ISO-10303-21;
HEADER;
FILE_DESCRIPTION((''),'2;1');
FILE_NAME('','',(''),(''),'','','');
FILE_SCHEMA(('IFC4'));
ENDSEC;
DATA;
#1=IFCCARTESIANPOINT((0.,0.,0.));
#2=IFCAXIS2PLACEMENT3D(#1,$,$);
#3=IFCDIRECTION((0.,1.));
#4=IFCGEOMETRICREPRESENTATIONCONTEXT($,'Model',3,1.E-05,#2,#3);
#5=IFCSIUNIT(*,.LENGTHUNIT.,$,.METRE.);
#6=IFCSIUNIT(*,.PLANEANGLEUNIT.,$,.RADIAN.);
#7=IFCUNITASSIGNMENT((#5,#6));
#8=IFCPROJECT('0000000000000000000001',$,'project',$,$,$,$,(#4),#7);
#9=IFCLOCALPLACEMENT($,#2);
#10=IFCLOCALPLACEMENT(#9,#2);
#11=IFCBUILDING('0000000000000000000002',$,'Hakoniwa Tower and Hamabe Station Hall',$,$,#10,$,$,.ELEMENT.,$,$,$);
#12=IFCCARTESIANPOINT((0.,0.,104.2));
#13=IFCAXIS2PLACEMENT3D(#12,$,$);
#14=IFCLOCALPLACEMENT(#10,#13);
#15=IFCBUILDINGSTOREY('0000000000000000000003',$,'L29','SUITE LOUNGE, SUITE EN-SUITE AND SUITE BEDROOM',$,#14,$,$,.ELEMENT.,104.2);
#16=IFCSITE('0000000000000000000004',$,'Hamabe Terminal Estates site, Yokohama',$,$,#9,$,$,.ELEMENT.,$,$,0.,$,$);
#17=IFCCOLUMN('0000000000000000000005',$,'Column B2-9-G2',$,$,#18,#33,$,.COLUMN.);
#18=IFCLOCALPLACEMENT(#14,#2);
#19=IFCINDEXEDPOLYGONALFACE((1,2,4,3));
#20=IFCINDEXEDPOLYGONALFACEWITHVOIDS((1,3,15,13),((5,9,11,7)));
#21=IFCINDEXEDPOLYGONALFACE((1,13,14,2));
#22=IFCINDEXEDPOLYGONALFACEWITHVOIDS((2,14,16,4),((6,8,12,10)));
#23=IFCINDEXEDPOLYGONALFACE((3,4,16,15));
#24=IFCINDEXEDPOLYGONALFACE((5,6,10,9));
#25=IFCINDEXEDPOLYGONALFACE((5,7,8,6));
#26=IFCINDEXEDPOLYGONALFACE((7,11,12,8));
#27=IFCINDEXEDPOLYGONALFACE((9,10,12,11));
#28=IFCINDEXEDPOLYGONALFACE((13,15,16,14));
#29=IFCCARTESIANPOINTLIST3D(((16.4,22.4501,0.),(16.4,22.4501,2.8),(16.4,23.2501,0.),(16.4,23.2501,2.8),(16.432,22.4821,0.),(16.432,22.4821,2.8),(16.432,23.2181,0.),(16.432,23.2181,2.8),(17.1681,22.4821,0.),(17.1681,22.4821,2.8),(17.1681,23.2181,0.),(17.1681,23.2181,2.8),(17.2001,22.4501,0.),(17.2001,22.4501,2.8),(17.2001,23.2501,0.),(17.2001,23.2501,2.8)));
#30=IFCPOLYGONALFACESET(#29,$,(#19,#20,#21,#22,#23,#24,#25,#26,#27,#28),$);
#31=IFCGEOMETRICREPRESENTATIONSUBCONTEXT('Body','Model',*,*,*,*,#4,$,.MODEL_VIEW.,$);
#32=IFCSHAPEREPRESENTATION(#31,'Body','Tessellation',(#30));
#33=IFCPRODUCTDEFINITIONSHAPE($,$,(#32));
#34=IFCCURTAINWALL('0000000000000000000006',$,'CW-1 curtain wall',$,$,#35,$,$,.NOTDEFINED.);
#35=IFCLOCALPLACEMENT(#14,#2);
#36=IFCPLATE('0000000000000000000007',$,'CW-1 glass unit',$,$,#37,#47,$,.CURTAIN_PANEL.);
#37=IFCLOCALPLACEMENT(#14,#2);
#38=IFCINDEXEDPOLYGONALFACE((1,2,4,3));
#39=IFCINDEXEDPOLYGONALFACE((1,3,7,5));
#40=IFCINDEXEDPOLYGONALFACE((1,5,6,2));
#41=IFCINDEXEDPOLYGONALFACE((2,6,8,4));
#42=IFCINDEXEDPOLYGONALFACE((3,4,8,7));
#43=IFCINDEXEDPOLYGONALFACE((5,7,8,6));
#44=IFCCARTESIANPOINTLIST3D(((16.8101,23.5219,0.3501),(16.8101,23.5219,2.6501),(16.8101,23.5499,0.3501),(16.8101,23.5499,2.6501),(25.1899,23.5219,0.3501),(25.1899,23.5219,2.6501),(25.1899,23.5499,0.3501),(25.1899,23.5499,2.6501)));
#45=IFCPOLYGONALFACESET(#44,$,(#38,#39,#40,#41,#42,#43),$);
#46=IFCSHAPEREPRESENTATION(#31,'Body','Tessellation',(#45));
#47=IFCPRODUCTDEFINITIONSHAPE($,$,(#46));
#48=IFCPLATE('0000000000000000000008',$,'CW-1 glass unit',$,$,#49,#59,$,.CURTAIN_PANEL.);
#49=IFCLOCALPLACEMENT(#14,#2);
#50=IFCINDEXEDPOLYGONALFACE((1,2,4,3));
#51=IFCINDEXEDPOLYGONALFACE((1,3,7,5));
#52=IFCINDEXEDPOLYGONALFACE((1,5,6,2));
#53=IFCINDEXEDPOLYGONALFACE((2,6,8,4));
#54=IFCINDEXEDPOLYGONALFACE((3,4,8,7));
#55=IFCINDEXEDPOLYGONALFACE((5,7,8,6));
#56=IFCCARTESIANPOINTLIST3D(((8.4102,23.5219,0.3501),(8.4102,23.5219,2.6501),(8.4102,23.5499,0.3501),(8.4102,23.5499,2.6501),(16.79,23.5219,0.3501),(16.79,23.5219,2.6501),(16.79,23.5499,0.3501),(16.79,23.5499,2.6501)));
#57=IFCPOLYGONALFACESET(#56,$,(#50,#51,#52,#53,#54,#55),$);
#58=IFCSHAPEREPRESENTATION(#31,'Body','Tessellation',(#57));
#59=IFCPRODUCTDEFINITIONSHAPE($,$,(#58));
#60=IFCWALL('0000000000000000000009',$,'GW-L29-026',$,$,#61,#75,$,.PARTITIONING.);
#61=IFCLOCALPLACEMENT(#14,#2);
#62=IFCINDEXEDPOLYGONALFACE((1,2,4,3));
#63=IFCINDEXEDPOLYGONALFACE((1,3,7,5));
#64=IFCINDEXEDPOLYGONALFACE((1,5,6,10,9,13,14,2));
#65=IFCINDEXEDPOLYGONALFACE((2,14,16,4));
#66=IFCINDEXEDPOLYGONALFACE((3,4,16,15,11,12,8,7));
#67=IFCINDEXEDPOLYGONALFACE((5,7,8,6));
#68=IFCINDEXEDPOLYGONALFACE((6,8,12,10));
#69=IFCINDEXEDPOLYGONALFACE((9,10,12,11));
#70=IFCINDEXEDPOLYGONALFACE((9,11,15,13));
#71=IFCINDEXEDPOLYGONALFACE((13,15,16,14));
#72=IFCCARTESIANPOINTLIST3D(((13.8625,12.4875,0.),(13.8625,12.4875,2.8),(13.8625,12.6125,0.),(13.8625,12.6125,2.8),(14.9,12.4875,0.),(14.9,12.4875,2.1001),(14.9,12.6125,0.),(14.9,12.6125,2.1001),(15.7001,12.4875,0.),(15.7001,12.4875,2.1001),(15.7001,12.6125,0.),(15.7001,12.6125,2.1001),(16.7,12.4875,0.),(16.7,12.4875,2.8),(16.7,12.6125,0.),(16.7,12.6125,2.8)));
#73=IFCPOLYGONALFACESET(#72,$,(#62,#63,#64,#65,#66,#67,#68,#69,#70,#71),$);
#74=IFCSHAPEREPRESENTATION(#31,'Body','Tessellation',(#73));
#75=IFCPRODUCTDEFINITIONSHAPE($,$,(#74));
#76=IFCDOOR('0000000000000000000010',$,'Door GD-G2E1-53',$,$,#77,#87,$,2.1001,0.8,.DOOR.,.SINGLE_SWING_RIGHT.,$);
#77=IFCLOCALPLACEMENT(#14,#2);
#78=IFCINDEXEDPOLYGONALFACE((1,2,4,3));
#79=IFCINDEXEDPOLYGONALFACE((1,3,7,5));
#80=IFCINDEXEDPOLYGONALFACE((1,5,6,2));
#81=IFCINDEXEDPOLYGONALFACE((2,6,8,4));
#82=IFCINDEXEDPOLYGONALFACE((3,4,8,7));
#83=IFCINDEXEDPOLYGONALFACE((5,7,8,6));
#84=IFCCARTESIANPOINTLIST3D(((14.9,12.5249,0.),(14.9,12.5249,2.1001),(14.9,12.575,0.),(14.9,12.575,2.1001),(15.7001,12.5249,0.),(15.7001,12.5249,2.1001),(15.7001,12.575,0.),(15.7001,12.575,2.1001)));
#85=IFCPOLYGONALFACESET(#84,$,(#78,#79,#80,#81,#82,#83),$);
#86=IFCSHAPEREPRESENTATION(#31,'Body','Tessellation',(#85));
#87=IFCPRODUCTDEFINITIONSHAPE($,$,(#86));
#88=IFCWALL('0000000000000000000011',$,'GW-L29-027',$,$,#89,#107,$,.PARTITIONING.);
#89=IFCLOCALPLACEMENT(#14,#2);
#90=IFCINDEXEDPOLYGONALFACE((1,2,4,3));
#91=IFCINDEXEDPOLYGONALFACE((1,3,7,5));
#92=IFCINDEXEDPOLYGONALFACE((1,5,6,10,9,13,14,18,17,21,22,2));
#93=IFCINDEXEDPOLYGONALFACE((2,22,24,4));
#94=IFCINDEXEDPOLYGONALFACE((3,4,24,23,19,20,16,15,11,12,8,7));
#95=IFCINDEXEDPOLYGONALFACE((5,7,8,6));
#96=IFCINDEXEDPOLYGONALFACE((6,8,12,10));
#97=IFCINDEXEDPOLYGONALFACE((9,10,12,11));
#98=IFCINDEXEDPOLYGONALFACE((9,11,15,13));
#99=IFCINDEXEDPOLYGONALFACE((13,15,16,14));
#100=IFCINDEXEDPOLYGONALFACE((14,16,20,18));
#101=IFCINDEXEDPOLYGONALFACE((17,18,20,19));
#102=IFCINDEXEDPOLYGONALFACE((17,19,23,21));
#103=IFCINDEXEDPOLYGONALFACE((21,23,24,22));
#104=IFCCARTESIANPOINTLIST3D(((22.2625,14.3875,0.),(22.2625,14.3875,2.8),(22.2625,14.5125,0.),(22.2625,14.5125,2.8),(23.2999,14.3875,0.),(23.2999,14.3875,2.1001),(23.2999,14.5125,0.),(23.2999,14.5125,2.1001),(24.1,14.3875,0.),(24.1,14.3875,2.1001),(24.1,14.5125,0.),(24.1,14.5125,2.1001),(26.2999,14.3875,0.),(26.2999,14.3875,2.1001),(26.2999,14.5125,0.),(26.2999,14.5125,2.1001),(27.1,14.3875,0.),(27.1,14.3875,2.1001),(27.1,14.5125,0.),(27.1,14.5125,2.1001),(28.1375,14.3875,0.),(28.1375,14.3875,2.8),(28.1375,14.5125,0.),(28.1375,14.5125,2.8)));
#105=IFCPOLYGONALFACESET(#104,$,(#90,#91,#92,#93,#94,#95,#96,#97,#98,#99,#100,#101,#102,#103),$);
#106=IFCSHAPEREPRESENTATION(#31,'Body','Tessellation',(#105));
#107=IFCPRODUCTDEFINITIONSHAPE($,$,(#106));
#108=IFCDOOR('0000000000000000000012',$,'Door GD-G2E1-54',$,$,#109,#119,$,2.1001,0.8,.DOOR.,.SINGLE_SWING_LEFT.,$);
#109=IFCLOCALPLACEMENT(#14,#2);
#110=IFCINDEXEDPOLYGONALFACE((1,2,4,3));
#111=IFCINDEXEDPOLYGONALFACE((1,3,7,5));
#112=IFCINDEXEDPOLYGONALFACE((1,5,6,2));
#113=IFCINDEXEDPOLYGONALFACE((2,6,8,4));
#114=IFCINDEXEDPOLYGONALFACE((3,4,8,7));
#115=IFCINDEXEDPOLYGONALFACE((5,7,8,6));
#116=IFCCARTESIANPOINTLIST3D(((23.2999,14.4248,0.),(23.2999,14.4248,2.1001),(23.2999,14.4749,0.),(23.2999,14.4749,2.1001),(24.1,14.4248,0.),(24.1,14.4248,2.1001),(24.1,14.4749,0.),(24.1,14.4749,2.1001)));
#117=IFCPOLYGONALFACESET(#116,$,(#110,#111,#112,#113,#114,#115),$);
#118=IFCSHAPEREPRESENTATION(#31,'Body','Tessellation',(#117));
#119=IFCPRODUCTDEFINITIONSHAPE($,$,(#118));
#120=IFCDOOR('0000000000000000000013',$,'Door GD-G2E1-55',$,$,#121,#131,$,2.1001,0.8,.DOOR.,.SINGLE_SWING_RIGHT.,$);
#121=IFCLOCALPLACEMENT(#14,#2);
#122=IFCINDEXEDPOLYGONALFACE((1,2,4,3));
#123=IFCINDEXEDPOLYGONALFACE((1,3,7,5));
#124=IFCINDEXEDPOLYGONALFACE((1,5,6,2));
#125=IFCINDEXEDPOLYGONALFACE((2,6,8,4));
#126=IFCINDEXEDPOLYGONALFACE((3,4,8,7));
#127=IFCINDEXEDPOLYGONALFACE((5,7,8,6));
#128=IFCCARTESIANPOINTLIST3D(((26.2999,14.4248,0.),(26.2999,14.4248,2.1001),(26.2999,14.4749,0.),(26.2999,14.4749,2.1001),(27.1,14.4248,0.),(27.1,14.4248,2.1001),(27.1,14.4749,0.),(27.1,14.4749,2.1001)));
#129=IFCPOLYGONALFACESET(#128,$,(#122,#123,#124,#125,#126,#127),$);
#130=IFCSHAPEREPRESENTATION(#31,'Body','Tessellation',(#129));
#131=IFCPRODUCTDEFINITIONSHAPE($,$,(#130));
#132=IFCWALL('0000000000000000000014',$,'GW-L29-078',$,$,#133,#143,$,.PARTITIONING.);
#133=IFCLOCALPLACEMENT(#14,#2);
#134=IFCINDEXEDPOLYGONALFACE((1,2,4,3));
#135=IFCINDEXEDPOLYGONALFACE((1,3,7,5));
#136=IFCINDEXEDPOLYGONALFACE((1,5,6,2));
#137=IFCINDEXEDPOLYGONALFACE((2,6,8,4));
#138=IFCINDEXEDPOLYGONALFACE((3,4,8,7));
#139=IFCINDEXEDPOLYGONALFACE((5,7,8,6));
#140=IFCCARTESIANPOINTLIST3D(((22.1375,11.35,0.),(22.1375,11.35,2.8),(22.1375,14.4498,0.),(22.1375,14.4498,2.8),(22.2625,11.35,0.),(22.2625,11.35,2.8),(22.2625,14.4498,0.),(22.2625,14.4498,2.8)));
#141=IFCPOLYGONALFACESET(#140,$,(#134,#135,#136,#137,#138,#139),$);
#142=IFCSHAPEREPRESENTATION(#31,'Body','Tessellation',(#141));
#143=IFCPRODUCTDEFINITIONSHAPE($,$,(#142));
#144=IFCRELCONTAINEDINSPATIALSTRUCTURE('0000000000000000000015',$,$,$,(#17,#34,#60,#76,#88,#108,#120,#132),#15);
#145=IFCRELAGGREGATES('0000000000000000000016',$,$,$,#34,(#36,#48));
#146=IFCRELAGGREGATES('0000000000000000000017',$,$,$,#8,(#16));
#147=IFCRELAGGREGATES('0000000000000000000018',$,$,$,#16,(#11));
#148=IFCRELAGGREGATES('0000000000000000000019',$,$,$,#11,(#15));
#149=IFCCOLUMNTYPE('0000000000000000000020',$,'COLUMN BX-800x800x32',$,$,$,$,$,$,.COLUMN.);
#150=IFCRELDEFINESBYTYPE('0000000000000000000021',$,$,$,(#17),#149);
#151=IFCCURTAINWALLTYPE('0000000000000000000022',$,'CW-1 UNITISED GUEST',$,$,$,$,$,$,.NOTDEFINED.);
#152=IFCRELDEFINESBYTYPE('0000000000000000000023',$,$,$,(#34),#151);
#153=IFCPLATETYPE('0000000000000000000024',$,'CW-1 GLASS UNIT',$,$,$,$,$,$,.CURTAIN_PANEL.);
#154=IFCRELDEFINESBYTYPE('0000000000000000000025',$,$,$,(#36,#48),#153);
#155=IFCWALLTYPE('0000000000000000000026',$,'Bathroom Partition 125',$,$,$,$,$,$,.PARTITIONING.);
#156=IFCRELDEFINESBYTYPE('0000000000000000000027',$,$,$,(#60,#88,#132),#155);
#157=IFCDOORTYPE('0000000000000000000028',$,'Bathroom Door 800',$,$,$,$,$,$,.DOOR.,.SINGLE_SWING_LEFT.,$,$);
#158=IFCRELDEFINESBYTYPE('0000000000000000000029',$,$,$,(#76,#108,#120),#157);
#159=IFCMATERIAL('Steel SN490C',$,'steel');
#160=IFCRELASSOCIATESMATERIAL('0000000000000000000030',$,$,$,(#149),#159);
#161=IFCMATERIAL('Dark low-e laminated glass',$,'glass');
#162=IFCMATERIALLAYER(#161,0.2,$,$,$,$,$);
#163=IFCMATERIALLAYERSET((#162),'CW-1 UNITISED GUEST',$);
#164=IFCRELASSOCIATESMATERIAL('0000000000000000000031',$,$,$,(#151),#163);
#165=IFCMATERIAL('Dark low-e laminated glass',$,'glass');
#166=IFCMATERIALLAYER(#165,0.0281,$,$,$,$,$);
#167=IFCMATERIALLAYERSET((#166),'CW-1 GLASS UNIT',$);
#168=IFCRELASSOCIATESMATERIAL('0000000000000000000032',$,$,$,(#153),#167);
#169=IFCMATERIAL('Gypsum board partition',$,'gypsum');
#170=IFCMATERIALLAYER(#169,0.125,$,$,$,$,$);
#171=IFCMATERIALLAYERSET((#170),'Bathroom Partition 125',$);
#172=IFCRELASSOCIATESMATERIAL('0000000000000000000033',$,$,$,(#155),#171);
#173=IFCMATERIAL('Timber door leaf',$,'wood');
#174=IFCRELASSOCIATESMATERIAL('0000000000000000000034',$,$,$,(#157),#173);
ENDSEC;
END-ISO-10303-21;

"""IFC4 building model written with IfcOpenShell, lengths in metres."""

from ifc_helpers import new_model, si_unit, direction, frame, frame_2d, origin, origin_2d, place, context, subcontext, project, spatial, rectangle, hollow_rectangle, extrude, material, layer, layer_set, material_profile, profile_set, type_object, element, fill, aggregate, save


model = new_model("IFC4")

# Units and contexts
model_context = context("Model", 3, precision=1e-05, world=origin(), true_north=direction((0.0, 1.0)))
body_context = subcontext(model_context, "Body", "Model", "MODEL_VIEW")
ifc_project = project(units=[si_unit("LENGTHUNIT", "METRE"), si_unit("PLANEANGLEUNIT", "RADIAN")], contexts=[model_context])

# Site, building, storey
site_placement = place(None, origin())
site = spatial("IfcSite", under=ifc_project, at=site_placement, Name="Hamabe Terminal Estates site, Yokohama", CompositionType="ELEMENT", RefElevation=0.0)
building_placement = place(site_placement, origin())
building = spatial("IfcBuilding", under=site, at=building_placement, Name="Hakoniwa Tower and Hamabe Station Hall", CompositionType="ELEMENT")
storey_placement = place(building_placement, frame((0.0, 0.0, 104.2)))
storey = spatial("IfcBuildingStorey", under=building, at=storey_placement, Name="L29", Description="SUITE LOUNGE, SUITE EN-SUITE AND SUITE BEDROOM", CompositionType="ELEMENT", Elevation=104.2)

# Column
ifc_material_1 = material(Name="Steel SN490C", Category="steel")
ifc_material_profile = material_profile(ifc_material_1, hollow_rectangle(XDim=0.8, YDim=0.8, WallThickness=0.032, at=origin_2d()), Name="BX-800x800x32")
ifc_profile_set = profile_set([ifc_material_profile], Name="Steel SN490C")
column_type = type_object("IfcColumnType", Name="COLUMN BX-800x800x32", PredefinedType="COLUMN", material=ifc_profile_set)
column_placement = place(storey_placement, frame((16.8, 22.8501, 0.0), z_axis=(0.0, 0.0, 1.0), x_axis=(1.0, 0.0, 0.0)))
element("IfcColumn", 1, at=column_placement, inside=storey, type_object=column_type, Name="Column B2-9-G2", PredefinedType="COLUMN", context=body_context, shape_type="SweptSolid", body=[
    extrude(hollow_rectangle(XDim=0.8, YDim=0.8, WallThickness=0.032, at=origin_2d()), origin(), (0.0, 0.0, 1.0), 2.8),
])

# Curtain wall, plates
ifc_material_2 = material(Name="Dark low-e laminated glass", Category="glass")
ifc_layer_1 = layer(ifc_material_2, 0.2)
ifc_layer_set_1 = layer_set([ifc_layer_1], Name="CW-1 UNITISED GUEST")
curtain_wall_type = type_object("IfcCurtainWallType", Name="CW-1 UNITISED GUEST", PredefinedType="NOTDEFINED", material=ifc_layer_set_1)
curtain_wall_placement = place(storey_placement, origin())
curtain_wall = element("IfcCurtainWall", 2, at=curtain_wall_placement, inside=storey, type_object=curtain_wall_type, Name="CW-1 curtain wall", PredefinedType="NOTDEFINED")
ifc_material_3 = material(Name="Dark low-e laminated glass", Category="glass")
ifc_layer_2 = layer(ifc_material_3, 0.0281)
ifc_layer_set_2 = layer_set([ifc_layer_2], Name="CW-1 GLASS UNIT")
plate_type = type_object("IfcPlateType", Name="CW-1 GLASS UNIT", PredefinedType="CURTAIN_PANEL", material=ifc_layer_set_2)
plate_1_placement = place(storey_placement, frame((21.0, 23.5359, 0.3501), z_axis=(0.0, 0.0, 1.0), x_axis=(-1.0, 0.0, 0.0)))
plate_1 = element("IfcPlate", 3, at=plate_1_placement, type_object=plate_type, Name="CW-1 glass unit", PredefinedType="CURTAIN_PANEL", context=body_context, shape_type="SweptSolid", body=[
    extrude(rectangle(XDim=8.3799, YDim=0.0281, at=origin_2d()), origin(), (0.0, 0.0, 1.0), 2.3),
])
plate_2_placement = place(storey_placement, frame((12.6001, 23.5359, 0.3501), z_axis=(0.0, 0.0, 1.0), x_axis=(-1.0, 0.0, 0.0)))
plate_2 = element("IfcPlate", 4, at=plate_2_placement, type_object=plate_type, Name="CW-1 glass unit", PredefinedType="CURTAIN_PANEL", context=body_context, shape_type="SweptSolid", body=[
    extrude(rectangle(XDim=8.3799, YDim=0.0281, at=origin_2d()), origin(), (0.0, 0.0, 1.0), 2.3),
])
aggregate(curtain_wall, [plate_1, plate_2])

# Wall, opening, door
ifc_material_4 = material(Name="Gypsum board partition", Category="gypsum")
ifc_layer_3 = layer(ifc_material_4, 0.125)
ifc_layer_set_3 = layer_set([ifc_layer_3], Name="Bathroom Partition 125")
wall_type_1 = type_object("IfcWallType", Name="Bathroom Partition 125", PredefinedType="PARTITIONING", material=ifc_layer_set_3)
wall_1_placement = place(storey_placement, frame((13.8625, 12.55, 0.0), z_axis=(0.0, 0.0, 1.0), x_axis=(1.0, 0.0, 0.0)))
wall_1 = element("IfcWall", 5, at=wall_1_placement, inside=storey, type_object=wall_type_1, Name="GW-L29-026", PredefinedType="PARTITIONING", context=body_context, shape_type="SweptSolid", body=[
    extrude(rectangle(XDim=2.8374, YDim=0.125, at=frame_2d((1.4187, 0.0))), origin(), (0.0, 0.0, 1.0), 2.8),
])
opening_1_placement = place(wall_1_placement, frame((1.0376, 0.0, 0.0)))
opening_1 = element("IfcOpeningElement", 6, at=opening_1_placement, cuts=wall_1, PredefinedType="OPENING", context=body_context, shape_type="SweptSolid", body=[
    extrude(rectangle(XDim=0.8, YDim=2.1001, at=frame_2d((0.3999, 1.05))), frame((0.0, 0.0725, 0.0), z_axis=(0.0, -1.0, 0.0), x_axis=(1.0, 0.0, 0.0)), (0.0, 0.0, 1.0), 0.145),
])
ifc_material_5 = material(Name="Timber door leaf", Category="wood")
door_type_1 = type_object("IfcDoorType", Name="Bathroom Door 800", OperationType="SINGLE_SWING_LEFT", PredefinedType="DOOR", material=ifc_material_5)
door_1_placement = place(opening_1_placement, origin())
door_1 = element("IfcDoor", 7, at=door_1_placement, inside=storey, type_object=door_type_1, Name="Door GD-G2E1-53", OperationType="SINGLE_SWING_RIGHT", OverallHeight=2.1001, OverallWidth=0.8, PredefinedType="DOOR", context=body_context, shape_type="SweptSolid", body=[
    extrude(rectangle(XDim=0.8, YDim=2.1001, at=frame_2d((0.3999, 1.05))), frame((0.0, 0.0249, 0.0), z_axis=(0.0, -1.0, 0.0), x_axis=(1.0, 0.0, 0.0)), (0.0, 0.0, 1.0), 0.05),
])
fill(opening_1, door_1)

# Wall, openings, doors
wall_2_placement = place(storey_placement, frame((22.2625, 14.45, 0.0), z_axis=(0.0, 0.0, 1.0), x_axis=(1.0, 0.0, 0.0)))
wall_2 = element("IfcWall", 8, at=wall_2_placement, inside=storey, type_object=wall_type_1, Name="GW-L29-027", PredefinedType="PARTITIONING", context=body_context, shape_type="SweptSolid", body=[
    extrude(rectangle(XDim=5.875, YDim=0.125, at=frame_2d((2.9375, 0.0))), origin(), (0.0, 0.0, 1.0), 2.8),
])
opening_2_placement = place(wall_2_placement, frame((1.0376, 0.0, 0.0)))
opening_2 = element("IfcOpeningElement", 9, at=opening_2_placement, cuts=wall_2, PredefinedType="OPENING", context=body_context, shape_type="SweptSolid", body=[
    extrude(rectangle(XDim=0.8, YDim=2.1001, at=frame_2d((0.3999, 1.05))), frame((0.0, 0.0725, 0.0), z_axis=(0.0, -1.0, 0.0), x_axis=(1.0, 0.0, 0.0)), (0.0, 0.0, 1.0), 0.145),
])
opening_3_placement = place(wall_2_placement, frame((4.0376, 0.0, 0.0)))
opening_3 = element("IfcOpeningElement", 10, at=opening_3_placement, cuts=wall_2, PredefinedType="OPENING", context=body_context, shape_type="SweptSolid", body=[
    extrude(rectangle(XDim=0.8, YDim=2.1001, at=frame_2d((0.3999, 1.05))), frame((0.0, 0.0725, 0.0), z_axis=(0.0, -1.0, 0.0), x_axis=(1.0, 0.0, 0.0)), (0.0, 0.0, 1.0), 0.145),
])
door_2_placement = place(opening_2_placement, origin())
door_2 = element("IfcDoor", 11, at=door_2_placement, inside=storey, type_object=door_type_1, Name="Door GD-G2E1-54", OperationType="SINGLE_SWING_LEFT", OverallHeight=2.1001, OverallWidth=0.8, PredefinedType="DOOR", context=body_context, shape_type="SweptSolid", body=[
    extrude(rectangle(XDim=0.8, YDim=2.1001, at=frame_2d((0.3999, 1.05))), frame((0.0, 0.0249, 0.0), z_axis=(0.0, -1.0, 0.0), x_axis=(1.0, 0.0, 0.0)), (0.0, 0.0, 1.0), 0.05),
])
fill(opening_2, door_2)
door_3_placement = place(opening_3_placement, origin())
door_3 = element("IfcDoor", 12, at=door_3_placement, inside=storey, type_object=door_type_1, Name="Door GD-G2E1-55", OperationType="SINGLE_SWING_RIGHT", OverallHeight=2.1001, OverallWidth=0.8, PredefinedType="DOOR", context=body_context, shape_type="SweptSolid", body=[
    extrude(rectangle(XDim=0.8, YDim=2.1001, at=frame_2d((0.3999, 1.05))), frame((0.0, 0.0249, 0.0), z_axis=(0.0, -1.0, 0.0), x_axis=(1.0, 0.0, 0.0)), (0.0, 0.0, 1.0), 0.05),
])
fill(opening_3, door_3)

# Wall
wall_3_placement = place(storey_placement, frame((22.2, 11.3501, 0.0), z_axis=(0.0, 0.0, 1.0), x_axis=(0.0, 1.0, 0.0)))
element("IfcWall", 13, at=wall_3_placement, inside=storey, type_object=wall_type_1, Name="GW-L29-078", PredefinedType="PARTITIONING", context=body_context, shape_type="SweptSolid", body=[
    extrude(rectangle(XDim=3.0999, YDim=0.125, at=frame_2d((1.5498, 0.0))), origin(), (0.0, 0.0, 1.0), 2.8),
])

save(model, "model.ifc")
